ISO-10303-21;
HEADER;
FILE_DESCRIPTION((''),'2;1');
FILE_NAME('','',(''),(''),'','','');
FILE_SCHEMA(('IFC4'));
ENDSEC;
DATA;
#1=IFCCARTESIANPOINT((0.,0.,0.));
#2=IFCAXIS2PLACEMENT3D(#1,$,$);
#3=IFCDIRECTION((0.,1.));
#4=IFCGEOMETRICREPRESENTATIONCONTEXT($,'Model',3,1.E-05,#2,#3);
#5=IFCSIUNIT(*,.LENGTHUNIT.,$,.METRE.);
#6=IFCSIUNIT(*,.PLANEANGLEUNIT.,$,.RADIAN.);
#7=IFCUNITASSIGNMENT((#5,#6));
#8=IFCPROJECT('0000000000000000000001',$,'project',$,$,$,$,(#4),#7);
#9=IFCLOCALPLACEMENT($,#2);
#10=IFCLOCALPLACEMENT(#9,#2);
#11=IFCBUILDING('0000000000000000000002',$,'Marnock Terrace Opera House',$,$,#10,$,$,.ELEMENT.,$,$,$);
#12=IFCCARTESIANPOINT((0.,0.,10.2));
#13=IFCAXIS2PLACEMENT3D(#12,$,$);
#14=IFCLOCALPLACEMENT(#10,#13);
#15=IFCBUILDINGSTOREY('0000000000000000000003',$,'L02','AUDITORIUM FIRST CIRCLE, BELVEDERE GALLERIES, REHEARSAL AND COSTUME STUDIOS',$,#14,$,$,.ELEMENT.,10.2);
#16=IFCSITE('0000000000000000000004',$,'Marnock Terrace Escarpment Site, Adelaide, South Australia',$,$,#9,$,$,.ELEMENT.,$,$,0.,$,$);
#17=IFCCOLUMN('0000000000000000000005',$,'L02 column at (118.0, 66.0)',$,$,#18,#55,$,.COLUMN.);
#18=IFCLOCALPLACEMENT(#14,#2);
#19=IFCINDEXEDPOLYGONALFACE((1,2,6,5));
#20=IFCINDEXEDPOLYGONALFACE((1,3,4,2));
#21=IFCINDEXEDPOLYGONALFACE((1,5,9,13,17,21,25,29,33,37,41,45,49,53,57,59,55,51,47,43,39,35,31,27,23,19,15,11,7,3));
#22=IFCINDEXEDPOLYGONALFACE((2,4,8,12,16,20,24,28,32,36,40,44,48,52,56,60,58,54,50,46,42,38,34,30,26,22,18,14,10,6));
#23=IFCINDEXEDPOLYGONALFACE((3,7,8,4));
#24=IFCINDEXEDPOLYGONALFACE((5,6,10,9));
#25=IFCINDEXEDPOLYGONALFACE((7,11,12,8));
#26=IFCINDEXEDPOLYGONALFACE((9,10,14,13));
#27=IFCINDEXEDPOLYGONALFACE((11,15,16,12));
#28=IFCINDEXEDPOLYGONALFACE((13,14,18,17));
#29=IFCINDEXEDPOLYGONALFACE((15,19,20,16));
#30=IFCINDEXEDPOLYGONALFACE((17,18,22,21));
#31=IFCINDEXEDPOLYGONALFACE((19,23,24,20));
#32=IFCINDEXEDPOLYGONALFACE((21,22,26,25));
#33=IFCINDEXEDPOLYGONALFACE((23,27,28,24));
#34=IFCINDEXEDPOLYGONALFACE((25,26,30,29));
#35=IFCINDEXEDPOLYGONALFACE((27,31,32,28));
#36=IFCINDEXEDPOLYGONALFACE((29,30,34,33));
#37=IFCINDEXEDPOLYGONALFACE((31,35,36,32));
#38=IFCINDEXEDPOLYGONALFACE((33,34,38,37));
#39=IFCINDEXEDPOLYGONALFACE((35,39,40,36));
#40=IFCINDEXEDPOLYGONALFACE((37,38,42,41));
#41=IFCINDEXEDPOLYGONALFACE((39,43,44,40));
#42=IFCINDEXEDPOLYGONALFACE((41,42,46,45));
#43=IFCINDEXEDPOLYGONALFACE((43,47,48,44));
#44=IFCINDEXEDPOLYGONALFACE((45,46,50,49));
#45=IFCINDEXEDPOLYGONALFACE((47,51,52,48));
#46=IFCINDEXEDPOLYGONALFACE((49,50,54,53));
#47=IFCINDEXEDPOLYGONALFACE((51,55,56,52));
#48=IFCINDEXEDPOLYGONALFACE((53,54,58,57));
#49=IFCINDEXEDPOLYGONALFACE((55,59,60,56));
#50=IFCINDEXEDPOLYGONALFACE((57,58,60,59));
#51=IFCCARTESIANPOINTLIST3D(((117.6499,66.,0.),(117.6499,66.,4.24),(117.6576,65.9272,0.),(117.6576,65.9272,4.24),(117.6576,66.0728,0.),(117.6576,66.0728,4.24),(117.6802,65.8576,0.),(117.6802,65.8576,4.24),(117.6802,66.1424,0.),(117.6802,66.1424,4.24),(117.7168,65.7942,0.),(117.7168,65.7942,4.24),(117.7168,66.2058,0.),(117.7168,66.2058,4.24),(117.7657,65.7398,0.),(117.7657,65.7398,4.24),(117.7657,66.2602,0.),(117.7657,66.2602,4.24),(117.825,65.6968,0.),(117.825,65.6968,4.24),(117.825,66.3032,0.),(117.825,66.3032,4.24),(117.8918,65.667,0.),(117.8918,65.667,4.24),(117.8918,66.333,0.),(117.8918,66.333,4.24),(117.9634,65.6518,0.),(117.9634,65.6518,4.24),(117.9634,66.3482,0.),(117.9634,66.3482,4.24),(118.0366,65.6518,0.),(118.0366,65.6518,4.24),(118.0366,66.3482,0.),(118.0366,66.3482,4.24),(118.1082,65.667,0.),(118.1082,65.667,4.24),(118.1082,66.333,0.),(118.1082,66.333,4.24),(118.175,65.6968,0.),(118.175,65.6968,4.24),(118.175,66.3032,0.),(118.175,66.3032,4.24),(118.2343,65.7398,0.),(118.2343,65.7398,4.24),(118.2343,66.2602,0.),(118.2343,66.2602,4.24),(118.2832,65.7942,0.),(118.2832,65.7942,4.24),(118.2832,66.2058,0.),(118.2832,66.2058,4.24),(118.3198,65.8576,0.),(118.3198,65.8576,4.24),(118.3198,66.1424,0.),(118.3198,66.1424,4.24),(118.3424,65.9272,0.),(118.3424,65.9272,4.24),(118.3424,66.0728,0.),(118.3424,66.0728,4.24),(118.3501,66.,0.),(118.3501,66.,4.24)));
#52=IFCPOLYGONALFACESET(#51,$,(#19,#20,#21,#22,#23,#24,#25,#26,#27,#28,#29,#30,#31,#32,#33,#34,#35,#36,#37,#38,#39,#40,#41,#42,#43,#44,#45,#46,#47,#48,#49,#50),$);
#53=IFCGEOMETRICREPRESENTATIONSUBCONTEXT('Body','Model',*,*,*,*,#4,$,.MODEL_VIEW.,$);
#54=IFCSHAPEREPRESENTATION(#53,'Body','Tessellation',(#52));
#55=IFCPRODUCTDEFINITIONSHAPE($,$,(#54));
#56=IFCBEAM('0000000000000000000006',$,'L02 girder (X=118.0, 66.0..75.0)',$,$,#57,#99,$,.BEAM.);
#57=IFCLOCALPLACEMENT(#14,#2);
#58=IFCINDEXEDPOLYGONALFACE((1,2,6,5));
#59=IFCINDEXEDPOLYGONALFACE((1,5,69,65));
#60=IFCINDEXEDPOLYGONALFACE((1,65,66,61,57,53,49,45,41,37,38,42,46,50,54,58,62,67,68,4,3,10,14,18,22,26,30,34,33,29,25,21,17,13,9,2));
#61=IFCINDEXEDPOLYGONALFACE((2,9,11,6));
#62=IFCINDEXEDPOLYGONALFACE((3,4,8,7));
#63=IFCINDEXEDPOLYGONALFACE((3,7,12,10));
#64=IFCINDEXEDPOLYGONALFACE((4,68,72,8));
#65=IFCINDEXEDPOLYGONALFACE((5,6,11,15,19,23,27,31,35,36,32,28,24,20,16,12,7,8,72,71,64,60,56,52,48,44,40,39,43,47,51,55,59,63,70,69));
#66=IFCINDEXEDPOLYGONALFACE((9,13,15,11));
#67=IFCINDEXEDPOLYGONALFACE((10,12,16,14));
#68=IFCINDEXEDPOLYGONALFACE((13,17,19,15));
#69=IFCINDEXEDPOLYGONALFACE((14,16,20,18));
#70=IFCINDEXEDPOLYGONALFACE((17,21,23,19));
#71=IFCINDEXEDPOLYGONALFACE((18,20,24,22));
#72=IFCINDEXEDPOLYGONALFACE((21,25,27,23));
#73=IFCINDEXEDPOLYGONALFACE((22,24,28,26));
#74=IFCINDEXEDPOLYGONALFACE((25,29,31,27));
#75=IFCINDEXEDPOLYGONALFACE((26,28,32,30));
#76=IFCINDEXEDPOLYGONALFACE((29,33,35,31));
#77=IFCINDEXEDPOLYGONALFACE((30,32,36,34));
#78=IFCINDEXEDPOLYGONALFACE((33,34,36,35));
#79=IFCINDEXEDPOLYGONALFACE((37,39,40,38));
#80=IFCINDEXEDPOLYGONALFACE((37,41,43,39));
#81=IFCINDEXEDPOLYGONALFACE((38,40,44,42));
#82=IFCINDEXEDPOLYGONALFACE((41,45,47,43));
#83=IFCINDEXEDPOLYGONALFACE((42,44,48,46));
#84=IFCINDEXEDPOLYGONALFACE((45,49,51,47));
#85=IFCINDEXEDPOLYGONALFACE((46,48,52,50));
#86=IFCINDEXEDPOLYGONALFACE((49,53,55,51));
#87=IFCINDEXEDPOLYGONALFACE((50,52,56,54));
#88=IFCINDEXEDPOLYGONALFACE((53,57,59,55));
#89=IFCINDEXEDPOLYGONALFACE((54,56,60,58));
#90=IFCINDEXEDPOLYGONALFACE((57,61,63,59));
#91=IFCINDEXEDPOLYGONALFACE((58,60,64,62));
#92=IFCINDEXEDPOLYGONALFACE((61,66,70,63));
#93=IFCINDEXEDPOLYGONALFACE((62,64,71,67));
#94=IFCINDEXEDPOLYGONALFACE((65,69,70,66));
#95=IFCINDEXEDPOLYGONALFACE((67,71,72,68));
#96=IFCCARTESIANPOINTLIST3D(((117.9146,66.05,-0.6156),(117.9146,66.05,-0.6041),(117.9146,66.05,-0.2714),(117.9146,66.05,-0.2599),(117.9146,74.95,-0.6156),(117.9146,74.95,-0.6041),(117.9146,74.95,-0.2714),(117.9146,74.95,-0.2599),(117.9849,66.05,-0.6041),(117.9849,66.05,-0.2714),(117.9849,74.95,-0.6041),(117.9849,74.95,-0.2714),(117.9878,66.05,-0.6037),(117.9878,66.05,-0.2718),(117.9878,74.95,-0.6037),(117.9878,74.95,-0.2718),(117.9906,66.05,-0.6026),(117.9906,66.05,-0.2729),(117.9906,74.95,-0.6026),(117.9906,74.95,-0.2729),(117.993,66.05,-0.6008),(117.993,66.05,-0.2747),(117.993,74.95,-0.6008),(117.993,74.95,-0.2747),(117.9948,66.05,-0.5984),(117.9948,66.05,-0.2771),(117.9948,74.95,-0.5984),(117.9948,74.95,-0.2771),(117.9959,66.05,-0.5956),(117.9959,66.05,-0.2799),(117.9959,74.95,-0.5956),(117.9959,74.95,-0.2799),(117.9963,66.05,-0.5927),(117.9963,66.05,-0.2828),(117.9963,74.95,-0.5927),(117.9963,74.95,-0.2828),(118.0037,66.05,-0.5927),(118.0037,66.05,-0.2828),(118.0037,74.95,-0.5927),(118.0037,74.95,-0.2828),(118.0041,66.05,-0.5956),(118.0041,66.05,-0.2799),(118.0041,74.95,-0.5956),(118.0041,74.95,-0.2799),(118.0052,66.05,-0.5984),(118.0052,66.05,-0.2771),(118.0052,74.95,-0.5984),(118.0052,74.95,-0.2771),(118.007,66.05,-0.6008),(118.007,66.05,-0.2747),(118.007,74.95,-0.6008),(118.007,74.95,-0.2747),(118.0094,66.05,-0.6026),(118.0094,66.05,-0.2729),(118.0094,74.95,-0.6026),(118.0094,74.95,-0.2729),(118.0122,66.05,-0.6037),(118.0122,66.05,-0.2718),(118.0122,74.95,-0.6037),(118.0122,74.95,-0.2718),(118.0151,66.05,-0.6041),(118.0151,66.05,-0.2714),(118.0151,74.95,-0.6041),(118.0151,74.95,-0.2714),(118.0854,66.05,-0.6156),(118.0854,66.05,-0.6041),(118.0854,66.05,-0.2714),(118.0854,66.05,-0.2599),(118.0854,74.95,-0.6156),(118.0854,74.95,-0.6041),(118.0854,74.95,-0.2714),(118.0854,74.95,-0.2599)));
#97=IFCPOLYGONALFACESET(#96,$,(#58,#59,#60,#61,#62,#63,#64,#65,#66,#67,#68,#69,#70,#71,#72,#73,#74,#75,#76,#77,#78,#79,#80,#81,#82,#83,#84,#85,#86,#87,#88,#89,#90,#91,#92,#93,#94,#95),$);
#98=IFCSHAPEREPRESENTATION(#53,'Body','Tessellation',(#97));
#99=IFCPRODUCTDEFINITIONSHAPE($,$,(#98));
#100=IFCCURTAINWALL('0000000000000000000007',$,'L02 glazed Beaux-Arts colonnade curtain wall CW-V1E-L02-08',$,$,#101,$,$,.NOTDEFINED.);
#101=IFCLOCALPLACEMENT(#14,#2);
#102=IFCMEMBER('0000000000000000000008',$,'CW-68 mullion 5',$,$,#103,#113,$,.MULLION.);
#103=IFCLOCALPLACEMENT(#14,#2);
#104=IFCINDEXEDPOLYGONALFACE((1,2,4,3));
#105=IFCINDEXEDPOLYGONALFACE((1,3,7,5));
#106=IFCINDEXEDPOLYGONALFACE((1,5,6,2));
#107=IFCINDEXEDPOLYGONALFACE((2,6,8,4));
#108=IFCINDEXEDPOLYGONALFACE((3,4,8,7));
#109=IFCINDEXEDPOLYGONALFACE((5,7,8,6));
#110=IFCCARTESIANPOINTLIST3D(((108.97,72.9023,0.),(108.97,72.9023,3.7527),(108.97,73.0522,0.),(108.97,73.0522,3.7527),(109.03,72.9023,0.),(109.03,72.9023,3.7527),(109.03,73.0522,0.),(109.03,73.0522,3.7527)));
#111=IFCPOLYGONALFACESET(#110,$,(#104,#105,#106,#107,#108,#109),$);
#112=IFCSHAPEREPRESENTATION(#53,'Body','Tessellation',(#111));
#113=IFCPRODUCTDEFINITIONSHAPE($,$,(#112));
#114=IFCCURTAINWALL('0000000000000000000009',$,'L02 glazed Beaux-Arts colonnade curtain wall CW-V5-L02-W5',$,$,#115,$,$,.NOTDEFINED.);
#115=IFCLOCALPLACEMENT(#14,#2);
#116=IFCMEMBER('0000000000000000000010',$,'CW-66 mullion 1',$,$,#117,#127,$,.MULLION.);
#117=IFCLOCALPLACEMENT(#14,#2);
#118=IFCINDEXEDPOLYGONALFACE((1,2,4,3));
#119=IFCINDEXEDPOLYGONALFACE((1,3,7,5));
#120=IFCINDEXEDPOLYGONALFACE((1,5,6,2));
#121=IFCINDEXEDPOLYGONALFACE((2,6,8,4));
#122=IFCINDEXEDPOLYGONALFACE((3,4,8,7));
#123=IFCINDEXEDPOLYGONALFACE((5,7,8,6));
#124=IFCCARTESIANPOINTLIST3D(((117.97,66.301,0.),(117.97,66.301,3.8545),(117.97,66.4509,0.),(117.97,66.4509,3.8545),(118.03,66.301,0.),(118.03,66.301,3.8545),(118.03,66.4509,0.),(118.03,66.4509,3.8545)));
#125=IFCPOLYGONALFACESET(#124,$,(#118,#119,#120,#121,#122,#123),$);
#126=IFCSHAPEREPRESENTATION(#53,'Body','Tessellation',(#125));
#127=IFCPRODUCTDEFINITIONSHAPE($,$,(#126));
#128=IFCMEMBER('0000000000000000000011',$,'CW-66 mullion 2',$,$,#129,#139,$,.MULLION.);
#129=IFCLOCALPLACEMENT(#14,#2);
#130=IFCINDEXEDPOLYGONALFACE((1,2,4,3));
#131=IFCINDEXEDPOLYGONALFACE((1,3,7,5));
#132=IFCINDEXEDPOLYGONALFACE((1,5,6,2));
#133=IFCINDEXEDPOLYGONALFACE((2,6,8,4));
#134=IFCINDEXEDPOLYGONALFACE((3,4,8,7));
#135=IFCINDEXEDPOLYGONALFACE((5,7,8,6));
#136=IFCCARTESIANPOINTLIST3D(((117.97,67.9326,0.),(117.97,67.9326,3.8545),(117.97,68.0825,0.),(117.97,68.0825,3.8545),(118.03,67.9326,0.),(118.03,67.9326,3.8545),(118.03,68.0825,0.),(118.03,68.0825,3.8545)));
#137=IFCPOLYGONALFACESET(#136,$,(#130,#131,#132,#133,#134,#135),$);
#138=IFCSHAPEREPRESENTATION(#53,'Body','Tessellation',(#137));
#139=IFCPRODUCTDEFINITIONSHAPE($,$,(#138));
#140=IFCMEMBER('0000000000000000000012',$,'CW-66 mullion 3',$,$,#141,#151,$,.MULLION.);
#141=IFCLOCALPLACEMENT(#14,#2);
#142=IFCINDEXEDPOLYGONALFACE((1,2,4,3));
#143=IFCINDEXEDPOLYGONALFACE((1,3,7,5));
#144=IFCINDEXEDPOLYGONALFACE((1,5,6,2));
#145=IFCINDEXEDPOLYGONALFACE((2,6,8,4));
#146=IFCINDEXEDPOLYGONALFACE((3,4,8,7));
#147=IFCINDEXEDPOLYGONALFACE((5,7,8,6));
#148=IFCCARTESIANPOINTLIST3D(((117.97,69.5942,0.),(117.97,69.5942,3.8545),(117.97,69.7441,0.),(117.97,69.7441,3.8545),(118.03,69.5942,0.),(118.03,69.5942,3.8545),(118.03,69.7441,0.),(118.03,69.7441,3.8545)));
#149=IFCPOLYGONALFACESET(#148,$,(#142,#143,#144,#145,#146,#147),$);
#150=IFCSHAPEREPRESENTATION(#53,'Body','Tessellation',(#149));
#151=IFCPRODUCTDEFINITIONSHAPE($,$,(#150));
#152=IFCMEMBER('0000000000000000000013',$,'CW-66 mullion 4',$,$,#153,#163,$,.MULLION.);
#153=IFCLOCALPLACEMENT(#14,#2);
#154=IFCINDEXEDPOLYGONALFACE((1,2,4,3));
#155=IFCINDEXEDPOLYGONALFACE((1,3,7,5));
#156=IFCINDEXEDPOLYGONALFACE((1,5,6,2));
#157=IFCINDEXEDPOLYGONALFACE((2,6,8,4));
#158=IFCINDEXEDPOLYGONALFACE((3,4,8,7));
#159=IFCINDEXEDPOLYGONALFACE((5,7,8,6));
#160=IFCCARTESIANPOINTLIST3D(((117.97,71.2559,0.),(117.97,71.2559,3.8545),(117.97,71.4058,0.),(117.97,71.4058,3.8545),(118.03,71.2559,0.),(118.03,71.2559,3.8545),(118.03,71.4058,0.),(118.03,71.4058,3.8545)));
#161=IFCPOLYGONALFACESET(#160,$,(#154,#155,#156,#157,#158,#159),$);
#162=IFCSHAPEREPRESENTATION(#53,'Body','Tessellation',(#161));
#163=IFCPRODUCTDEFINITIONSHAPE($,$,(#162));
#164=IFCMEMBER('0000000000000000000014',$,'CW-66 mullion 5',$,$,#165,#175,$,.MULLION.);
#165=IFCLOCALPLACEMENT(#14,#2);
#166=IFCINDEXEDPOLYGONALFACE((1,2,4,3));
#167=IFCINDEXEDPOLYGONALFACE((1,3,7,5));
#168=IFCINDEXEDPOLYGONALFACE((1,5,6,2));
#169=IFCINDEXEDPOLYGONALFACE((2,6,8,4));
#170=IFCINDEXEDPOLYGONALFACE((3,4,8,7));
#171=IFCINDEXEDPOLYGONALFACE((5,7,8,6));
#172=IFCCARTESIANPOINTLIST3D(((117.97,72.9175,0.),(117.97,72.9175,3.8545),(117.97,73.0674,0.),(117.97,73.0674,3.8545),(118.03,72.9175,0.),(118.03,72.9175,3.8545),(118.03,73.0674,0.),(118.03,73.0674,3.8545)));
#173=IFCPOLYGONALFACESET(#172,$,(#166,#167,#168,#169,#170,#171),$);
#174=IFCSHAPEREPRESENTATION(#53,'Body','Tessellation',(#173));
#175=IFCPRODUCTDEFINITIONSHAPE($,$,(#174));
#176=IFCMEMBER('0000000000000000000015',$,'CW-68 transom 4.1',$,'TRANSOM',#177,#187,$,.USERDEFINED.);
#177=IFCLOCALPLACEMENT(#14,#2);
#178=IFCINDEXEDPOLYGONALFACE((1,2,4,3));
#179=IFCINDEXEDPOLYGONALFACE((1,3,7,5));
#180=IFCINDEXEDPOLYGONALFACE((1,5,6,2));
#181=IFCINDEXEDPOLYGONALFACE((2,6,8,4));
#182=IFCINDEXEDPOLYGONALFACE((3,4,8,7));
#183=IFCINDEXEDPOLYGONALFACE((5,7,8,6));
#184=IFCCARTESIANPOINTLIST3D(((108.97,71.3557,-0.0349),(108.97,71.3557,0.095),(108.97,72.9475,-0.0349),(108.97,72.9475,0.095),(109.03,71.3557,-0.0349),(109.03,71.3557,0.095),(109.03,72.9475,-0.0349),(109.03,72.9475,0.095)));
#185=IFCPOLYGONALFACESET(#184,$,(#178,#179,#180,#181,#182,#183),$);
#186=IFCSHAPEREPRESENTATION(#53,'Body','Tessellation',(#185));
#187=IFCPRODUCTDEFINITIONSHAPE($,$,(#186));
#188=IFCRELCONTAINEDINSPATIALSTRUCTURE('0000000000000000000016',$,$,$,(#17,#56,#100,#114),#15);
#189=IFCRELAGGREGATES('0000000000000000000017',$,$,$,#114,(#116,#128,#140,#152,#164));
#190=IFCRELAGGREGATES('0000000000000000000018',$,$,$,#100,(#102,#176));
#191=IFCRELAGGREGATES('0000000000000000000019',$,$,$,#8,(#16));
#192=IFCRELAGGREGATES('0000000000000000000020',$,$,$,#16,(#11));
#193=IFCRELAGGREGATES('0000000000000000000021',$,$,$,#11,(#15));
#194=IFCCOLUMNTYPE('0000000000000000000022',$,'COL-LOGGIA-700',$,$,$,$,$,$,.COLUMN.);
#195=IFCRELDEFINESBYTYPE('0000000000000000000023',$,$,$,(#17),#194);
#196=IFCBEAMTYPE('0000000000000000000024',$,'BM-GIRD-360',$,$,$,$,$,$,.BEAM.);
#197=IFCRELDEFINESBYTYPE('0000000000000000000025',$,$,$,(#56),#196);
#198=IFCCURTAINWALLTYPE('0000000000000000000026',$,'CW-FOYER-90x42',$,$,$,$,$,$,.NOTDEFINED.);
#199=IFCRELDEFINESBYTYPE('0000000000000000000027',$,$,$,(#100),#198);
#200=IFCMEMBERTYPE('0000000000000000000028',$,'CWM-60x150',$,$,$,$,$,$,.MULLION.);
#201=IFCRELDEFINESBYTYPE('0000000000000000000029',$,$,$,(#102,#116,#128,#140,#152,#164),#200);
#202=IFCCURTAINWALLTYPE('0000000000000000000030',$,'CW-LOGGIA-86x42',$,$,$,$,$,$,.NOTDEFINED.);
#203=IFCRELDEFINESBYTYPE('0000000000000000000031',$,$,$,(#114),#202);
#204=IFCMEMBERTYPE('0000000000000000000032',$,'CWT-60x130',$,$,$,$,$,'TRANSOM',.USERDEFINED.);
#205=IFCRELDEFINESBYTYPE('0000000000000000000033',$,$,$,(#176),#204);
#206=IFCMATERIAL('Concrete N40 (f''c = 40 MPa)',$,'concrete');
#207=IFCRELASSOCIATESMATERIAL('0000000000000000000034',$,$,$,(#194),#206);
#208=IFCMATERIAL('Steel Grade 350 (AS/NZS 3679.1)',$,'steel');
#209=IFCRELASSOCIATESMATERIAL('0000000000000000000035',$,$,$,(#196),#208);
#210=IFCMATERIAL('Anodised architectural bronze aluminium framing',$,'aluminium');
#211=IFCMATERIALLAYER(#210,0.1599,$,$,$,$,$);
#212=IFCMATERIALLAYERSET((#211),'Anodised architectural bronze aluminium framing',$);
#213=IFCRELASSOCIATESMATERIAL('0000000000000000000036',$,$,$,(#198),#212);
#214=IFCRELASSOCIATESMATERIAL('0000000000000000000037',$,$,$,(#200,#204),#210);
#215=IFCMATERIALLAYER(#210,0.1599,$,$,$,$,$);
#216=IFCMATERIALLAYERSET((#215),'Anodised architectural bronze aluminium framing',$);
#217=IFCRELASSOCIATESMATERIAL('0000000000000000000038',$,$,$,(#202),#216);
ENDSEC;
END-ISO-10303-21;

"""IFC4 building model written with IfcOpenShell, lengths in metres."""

from ifc_helpers import new_model, si_unit, direction, frame, origin, origin_2d, place, context, subcontext, project, spatial, rectangle, circle, i_section, extrude, material, layer, layer_set, material_profile, profile_set, type_object, element, aggregate, save


model = new_model("IFC4")

# Units and contexts
model_context = context("Model", 3, precision=1e-05, world=origin(), true_north=direction((0.0, 1.0)))
body_context = subcontext(model_context, "Body", "Model", "MODEL_VIEW")
ifc_project = project(units=[si_unit("LENGTHUNIT", "METRE"), si_unit("PLANEANGLEUNIT", "RADIAN")], contexts=[model_context])

# Site, building, storey
site_placement = place(None, origin())
site = spatial("IfcSite", under=ifc_project, at=site_placement, Name="Marnock Terrace Escarpment Site, Adelaide, South Australia", CompositionType="ELEMENT", RefElevation=0.0)
building_placement = place(site_placement, origin())
building = spatial("IfcBuilding", under=site, at=building_placement, Name="Marnock Terrace Opera House", CompositionType="ELEMENT")
storey_placement = place(building_placement, frame((0.0, 0.0, 10.2)))
storey = spatial("IfcBuildingStorey", under=building, at=storey_placement, Name="L02", Description="AUDITORIUM FIRST CIRCLE, BELVEDERE GALLERIES, REHEARSAL AND COSTUME STUDIOS", CompositionType="ELEMENT", Elevation=10.2)

# Column
ifc_material_1 = material(Name="Concrete N40 (f'c = 40 MPa)", Category="concrete")
ifc_material_profile_1 = material_profile(ifc_material_1, circle(Radius=0.3501, at=origin_2d()))
ifc_profile_set_1 = profile_set([ifc_material_profile_1], Name="Concrete N40 (f'c = 40 MPa)")
column_type = type_object("IfcColumnType", Name="COL-LOGGIA-700", PredefinedType="COLUMN", material=ifc_profile_set_1)
column_placement = place(storey_placement, frame((118.0, 66.0, 0.0), z_axis=(0.0, 0.0, 1.0), x_axis=(1.0, 0.0, 0.0)))
element("IfcColumn", 1, at=column_placement, inside=storey, type_object=column_type, Name="L02 column at (118.0, 66.0)", PredefinedType="COLUMN", context=body_context, shape_type="SweptSolid", body=[
    extrude(circle(Radius=0.3501, at=origin_2d()), origin(), (0.0, 0.0, 1.0), 4.24),
])

# Beam
ifc_material_2 = material(Name="Steel Grade 350 (AS/NZS 3679.1)", Category="steel")
ifc_material_profile_2 = material_profile(ifc_material_2, i_section(OverallWidth=0.1709, OverallDepth=0.3557, WebThickness=0.0073, FlangeThickness=0.0115, FilletRadius=0.0115, at=origin_2d()))
ifc_profile_set_2 = profile_set([ifc_material_profile_2], Name="Steel Grade 350 (AS/NZS 3679.1)")
beam_type = type_object("IfcBeamType", Name="BM-GIRD-360", PredefinedType="BEAM", material=ifc_profile_set_2)
beam_placement = place(storey_placement, frame((118.0, 66.05, -0.4377), z_axis=(0.0, 1.0, 0.0), x_axis=(-1.0, 0.0, 0.0)))
element("IfcBeam", 2, at=beam_placement, inside=storey, type_object=beam_type, Name="L02 girder (X=118.0, 66.0..75.0)", PredefinedType="BEAM", context=body_context, shape_type="SweptSolid", body=[
    extrude(i_section(OverallWidth=0.1709, OverallDepth=0.3557, WebThickness=0.0073, FlangeThickness=0.0115, FilletRadius=0.0115, at=origin_2d()), origin(), (0.0, 0.0, 1.0), 8.8999),
])

# Curtain wall, member
ifc_material_3 = material(Name="Anodised architectural bronze aluminium framing", Category="aluminium")
ifc_layer_1 = layer(ifc_material_3, 0.1599)
ifc_layer_set_1 = layer_set([ifc_layer_1], Name="Anodised architectural bronze aluminium framing")
curtain_wall_type_1 = type_object("IfcCurtainWallType", Name="CW-FOYER-90x42", PredefinedType="NOTDEFINED", material=ifc_layer_set_1)
curtain_wall_1_placement = place(storey_placement, origin())
curtain_wall_1 = element("IfcCurtainWall", 3, at=curtain_wall_1_placement, inside=storey, type_object=curtain_wall_type_1, Name="L02 glazed Beaux-Arts colonnade curtain wall CW-V1E-L02-08", PredefinedType="NOTDEFINED")
ifc_material_profile_3 = material_profile(ifc_material_3, rectangle(XDim=0.0601, YDim=0.1499, at=origin_2d()))
ifc_profile_set_3 = profile_set([ifc_material_profile_3], Name="Anodised architectural bronze aluminium framing")
member_type_1 = type_object("IfcMemberType", Name="CWM-60x150", PredefinedType="MULLION", material=ifc_profile_set_3)
member_1_placement = place(storey_placement, frame((109.0, 72.9773, 0.0), z_axis=(0.0, 0.0, 1.0), x_axis=(-1.0, 0.0, 0.0)))
member_1 = element("IfcMember", 4, at=member_1_placement, type_object=member_type_1, Name="CW-68 mullion 5", PredefinedType="MULLION", context=body_context, shape_type="SweptSolid", body=[
    extrude(rectangle(XDim=0.0601, YDim=0.1499, at=origin_2d()), origin(), (0.0, 0.0, 1.0), 3.7527),
])

# Curtain wall, members
ifc_layer_2 = layer(ifc_material_3, 0.1599)
ifc_layer_set_2 = layer_set([ifc_layer_2], Name="Anodised architectural bronze aluminium framing")
curtain_wall_type_2 = type_object("IfcCurtainWallType", Name="CW-LOGGIA-86x42", PredefinedType="NOTDEFINED", material=ifc_layer_set_2)
curtain_wall_2_placement = place(storey_placement, origin())
curtain_wall_2 = element("IfcCurtainWall", 5, at=curtain_wall_2_placement, inside=storey, type_object=curtain_wall_type_2, Name="L02 glazed Beaux-Arts colonnade curtain wall CW-V5-L02-W5", PredefinedType="NOTDEFINED")
member_2_placement = place(storey_placement, frame((118.0, 66.376, 0.0), z_axis=(0.0, 0.0, 1.0), x_axis=(-1.0, 0.0, 0.0)))
member_2 = element("IfcMember", 6, at=member_2_placement, type_object=member_type_1, Name="CW-66 mullion 1", PredefinedType="MULLION", context=body_context, shape_type="SweptSolid", body=[
    extrude(rectangle(XDim=0.0601, YDim=0.1499, at=origin_2d()), origin(), (0.0, 0.0, 1.0), 3.8545),
])
member_3_placement = place(storey_placement, frame((118.0, 68.0076, 0.0), z_axis=(0.0, 0.0, 1.0), x_axis=(-1.0, 0.0, 0.0)))
member_3 = element("IfcMember", 7, at=member_3_placement, type_object=member_type_1, Name="CW-66 mullion 2", PredefinedType="MULLION", context=body_context, shape_type="SweptSolid", body=[
    extrude(rectangle(XDim=0.0601, YDim=0.1499, at=origin_2d()), origin(), (0.0, 0.0, 1.0), 3.8545),
])
member_4_placement = place(storey_placement, frame((118.0, 69.6692, 0.0), z_axis=(0.0, 0.0, 1.0), x_axis=(-1.0, 0.0, 0.0)))
member_4 = element("IfcMember", 8, at=member_4_placement, type_object=member_type_1, Name="CW-66 mullion 3", PredefinedType="MULLION", context=body_context, shape_type="SweptSolid", body=[
    extrude(rectangle(XDim=0.0601, YDim=0.1499, at=origin_2d()), origin(), (0.0, 0.0, 1.0), 3.8545),
])
member_5_placement = place(storey_placement, frame((118.0, 71.3308, 0.0), z_axis=(0.0, 0.0, 1.0), x_axis=(-1.0, 0.0, 0.0)))
member_5 = element("IfcMember", 9, at=member_5_placement, type_object=member_type_1, Name="CW-66 mullion 4", PredefinedType="MULLION", context=body_context, shape_type="SweptSolid", body=[
    extrude(rectangle(XDim=0.0601, YDim=0.1499, at=origin_2d()), origin(), (0.0, 0.0, 1.0), 3.8545),
])
member_6_placement = place(storey_placement, frame((118.0, 72.9924, 0.0), z_axis=(0.0, 0.0, 1.0), x_axis=(-1.0, 0.0, 0.0)))
member_6 = element("IfcMember", 10, at=member_6_placement, type_object=member_type_1, Name="CW-66 mullion 5", PredefinedType="MULLION", context=body_context, shape_type="SweptSolid", body=[
    extrude(rectangle(XDim=0.0601, YDim=0.1499, at=origin_2d()), origin(), (0.0, 0.0, 1.0), 3.8545),
])

# Member
ifc_material_profile_4 = material_profile(ifc_material_3, rectangle(XDim=0.0601, YDim=0.1299, at=origin_2d()))
ifc_profile_set_4 = profile_set([ifc_material_profile_4], Name="Anodised architectural bronze aluminium framing")
member_type_2 = type_object("IfcMemberType", Name="CWT-60x130", ElementType="TRANSOM", PredefinedType="USERDEFINED", material=ifc_profile_set_4)
member_7_placement = place(storey_placement, frame((109.0, 71.3557, 0.03), z_axis=(0.0, 1.0, 0.0), x_axis=(-1.0, 0.0, 0.0)))
member_7 = element("IfcMember", 11, at=member_7_placement, type_object=member_type_2, Name="CW-68 transom 4.1", ObjectType="TRANSOM", PredefinedType="USERDEFINED", context=body_context, shape_type="SweptSolid", body=[
    extrude(rectangle(XDim=0.0601, YDim=0.1299, at=origin_2d()), origin(), (0.0, 0.0, 1.0), 1.5918),
])

aggregate(curtain_wall_2, [member_2, member_3, member_4, member_5, member_6])
aggregate(curtain_wall_1, [member_1, member_7])

save(model, "model.ifc")
